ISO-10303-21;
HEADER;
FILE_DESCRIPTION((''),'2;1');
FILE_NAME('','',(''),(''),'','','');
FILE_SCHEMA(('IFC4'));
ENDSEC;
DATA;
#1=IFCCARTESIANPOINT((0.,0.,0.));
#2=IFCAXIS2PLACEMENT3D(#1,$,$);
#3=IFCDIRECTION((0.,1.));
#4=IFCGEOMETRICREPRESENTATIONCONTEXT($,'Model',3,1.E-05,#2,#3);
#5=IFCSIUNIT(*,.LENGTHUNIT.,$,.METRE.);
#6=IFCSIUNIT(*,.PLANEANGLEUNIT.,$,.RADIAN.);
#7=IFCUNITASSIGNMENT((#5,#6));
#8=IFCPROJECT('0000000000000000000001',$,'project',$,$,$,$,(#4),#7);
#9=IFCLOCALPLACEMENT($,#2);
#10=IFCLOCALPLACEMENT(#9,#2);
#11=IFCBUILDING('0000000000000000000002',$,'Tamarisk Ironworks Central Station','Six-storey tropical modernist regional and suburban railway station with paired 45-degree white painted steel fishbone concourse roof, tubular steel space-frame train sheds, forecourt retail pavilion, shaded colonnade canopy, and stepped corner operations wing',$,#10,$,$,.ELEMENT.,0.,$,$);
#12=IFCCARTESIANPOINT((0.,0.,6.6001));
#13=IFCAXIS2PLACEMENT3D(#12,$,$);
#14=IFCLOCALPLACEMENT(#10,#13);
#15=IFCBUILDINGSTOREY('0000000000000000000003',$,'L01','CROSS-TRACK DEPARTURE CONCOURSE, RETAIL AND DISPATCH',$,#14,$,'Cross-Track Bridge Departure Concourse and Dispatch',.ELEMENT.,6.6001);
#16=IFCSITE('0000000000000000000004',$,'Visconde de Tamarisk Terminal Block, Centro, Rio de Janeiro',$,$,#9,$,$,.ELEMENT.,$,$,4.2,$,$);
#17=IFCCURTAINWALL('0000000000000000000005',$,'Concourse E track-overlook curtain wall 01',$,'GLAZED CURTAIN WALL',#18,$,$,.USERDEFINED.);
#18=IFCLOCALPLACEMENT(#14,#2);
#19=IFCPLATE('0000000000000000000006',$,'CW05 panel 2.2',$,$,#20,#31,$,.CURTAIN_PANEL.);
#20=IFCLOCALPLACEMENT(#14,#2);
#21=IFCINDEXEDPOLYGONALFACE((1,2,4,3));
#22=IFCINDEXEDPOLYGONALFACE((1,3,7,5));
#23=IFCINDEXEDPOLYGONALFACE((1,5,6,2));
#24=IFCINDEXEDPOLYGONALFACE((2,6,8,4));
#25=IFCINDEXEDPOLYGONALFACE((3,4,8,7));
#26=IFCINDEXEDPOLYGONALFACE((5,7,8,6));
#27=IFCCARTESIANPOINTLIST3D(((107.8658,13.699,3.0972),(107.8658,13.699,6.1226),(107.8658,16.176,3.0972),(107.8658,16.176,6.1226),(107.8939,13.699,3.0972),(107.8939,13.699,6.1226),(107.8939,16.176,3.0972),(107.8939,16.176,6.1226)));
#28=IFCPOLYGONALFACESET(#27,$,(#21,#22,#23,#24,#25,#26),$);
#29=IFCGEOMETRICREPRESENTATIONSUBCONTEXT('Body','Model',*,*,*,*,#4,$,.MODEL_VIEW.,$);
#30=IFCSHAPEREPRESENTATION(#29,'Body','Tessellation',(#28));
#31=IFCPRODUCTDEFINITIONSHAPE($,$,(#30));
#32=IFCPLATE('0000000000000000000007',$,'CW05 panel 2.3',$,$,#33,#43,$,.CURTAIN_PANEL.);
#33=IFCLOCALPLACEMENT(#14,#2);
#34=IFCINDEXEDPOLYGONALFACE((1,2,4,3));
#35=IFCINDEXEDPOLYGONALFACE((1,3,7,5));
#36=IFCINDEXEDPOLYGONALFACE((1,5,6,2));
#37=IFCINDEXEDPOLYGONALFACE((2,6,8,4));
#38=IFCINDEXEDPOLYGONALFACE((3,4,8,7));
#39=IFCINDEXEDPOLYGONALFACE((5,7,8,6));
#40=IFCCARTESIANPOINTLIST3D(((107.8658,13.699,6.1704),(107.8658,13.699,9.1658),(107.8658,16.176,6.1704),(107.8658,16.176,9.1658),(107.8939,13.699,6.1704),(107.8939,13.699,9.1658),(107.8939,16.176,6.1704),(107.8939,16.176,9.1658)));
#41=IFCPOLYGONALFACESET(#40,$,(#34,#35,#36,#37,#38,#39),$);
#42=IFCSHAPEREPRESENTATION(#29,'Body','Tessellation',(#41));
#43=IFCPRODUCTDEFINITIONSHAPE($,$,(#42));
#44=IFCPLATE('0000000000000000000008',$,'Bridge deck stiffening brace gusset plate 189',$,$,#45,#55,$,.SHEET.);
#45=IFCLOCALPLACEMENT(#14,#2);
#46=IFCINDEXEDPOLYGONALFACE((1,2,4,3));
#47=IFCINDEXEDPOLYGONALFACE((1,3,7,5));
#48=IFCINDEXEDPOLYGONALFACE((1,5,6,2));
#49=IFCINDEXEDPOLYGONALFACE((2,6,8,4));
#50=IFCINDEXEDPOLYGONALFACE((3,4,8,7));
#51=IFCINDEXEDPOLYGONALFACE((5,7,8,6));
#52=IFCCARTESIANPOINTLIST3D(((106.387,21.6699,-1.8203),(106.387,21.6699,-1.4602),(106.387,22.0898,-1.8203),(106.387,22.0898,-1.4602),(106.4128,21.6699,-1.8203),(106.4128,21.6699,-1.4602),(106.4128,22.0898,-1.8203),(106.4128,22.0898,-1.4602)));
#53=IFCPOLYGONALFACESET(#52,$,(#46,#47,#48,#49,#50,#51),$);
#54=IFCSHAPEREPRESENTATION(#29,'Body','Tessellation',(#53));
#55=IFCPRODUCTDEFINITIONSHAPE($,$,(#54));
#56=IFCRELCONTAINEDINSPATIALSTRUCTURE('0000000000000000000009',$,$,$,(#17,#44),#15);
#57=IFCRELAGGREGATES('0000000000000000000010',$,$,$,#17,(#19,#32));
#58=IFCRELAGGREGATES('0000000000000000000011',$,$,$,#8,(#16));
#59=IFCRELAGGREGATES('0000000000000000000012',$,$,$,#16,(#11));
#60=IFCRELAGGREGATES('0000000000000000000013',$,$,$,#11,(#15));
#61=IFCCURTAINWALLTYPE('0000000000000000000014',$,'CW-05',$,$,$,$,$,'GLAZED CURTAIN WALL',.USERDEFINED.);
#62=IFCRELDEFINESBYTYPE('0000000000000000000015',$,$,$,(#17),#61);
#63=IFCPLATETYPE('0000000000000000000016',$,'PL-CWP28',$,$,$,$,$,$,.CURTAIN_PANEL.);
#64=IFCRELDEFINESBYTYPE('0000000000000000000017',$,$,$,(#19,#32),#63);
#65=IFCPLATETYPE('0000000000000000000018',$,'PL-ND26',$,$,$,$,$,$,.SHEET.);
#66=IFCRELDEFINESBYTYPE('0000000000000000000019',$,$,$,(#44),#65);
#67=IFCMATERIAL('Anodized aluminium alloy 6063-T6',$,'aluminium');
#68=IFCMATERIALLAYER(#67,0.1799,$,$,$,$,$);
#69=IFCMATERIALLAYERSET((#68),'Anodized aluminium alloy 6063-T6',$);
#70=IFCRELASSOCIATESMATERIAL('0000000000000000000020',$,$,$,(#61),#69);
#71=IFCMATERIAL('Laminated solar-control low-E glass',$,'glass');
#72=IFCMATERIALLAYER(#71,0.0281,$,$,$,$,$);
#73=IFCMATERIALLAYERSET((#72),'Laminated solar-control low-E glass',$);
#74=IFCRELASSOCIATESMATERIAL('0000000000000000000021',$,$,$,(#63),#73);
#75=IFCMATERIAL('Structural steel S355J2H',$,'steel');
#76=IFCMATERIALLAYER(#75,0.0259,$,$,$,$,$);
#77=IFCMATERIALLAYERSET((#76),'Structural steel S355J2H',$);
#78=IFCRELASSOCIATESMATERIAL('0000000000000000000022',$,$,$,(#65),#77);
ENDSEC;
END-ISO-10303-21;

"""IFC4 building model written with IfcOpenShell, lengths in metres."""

from ifc_helpers import new_model, si_unit, direction, frame, origin, origin_2d, place, context, subcontext, project, spatial, rectangle, extrude, material, layer, layer_set, type_object, element, aggregate, save


model = new_model("IFC4")

# Units and contexts
model_context = context("Model", 3, precision=1e-05, world=origin(), true_north=direction((0.0, 1.0)))
body_context = subcontext(model_context, "Body", "Model", "MODEL_VIEW")
ifc_project = project(units=[si_unit("LENGTHUNIT", "METRE"), si_unit("PLANEANGLEUNIT", "RADIAN")], contexts=[model_context])

# Site, building, storey
site_placement = place(None, origin())
site = spatial("IfcSite", under=ifc_project, at=site_placement, Name="Visconde de Tamarisk Terminal Block, Centro, Rio de Janeiro", CompositionType="ELEMENT", RefElevation=4.2)
building_placement = place(site_placement, origin())
building = spatial("IfcBuilding", under=site, at=building_placement, Name="Tamarisk Ironworks Central Station", Description="Six-storey tropical modernist regional and suburban railway station with paired 45-degree white painted steel fishbone concourse roof, tubular steel space-frame train sheds, forecourt retail pavilion, shaded colonnade canopy, and stepped corner operations wing", CompositionType="ELEMENT", ElevationOfRefHeight=0.0)
storey_placement = place(building_placement, frame((0.0, 0.0, 6.6001)))
storey = spatial("IfcBuildingStorey", under=building, at=storey_placement, Name="L01", Description="CROSS-TRACK DEPARTURE CONCOURSE, RETAIL AND DISPATCH", LongName="Cross-Track Bridge Departure Concourse and Dispatch", CompositionType="ELEMENT", Elevation=6.6001)

# Shared definitions
ifc_material_1 = material(Name="Anodized aluminium alloy 6063-T6", Category="aluminium")

# Curtain wall
ifc_layer_1 = layer(ifc_material_1, 0.1799)
ifc_layer_set_1 = layer_set([ifc_layer_1], Name="Anodized aluminium alloy 6063-T6")
curtain_wall_type_1 = type_object("IfcCurtainWallType", Name="CW-05", ElementType="GLAZED CURTAIN WALL", PredefinedType="USERDEFINED", material=ifc_layer_set_1)
curtain_wall_1_placement = place(storey_placement, origin())
curtain_wall_1 = element("IfcCurtainWall", 1, at=curtain_wall_1_placement, inside=storey, type_object=curtain_wall_type_1, Name="Concourse E track-overlook curtain wall 01", ObjectType="GLAZED CURTAIN WALL", PredefinedType="USERDEFINED")

# Shared definitions
ifc_material_2 = material(Name="Structural steel S355J2H", Category="steel")

# Plates
ifc_material_3 = material(Name="Laminated solar-control low-E glass", Category="glass")
ifc_layer_2 = layer(ifc_material_3, 0.0281)
ifc_layer_set_2 = layer_set([ifc_layer_2], Name="Laminated solar-control low-E glass")
plate_type_1 = type_object("IfcPlateType", Name="PL-CWP28", PredefinedType="CURTAIN_PANEL", material=ifc_layer_set_2)
plate_1_placement = place(storey_placement, frame((107.8799, 14.9375, 3.0972), z_axis=(0.0, 0.0, 1.0), x_axis=(0.0, 1.0, 0.0)))
plate_1 = element("IfcPlate", 2, at=plate_1_placement, type_object=plate_type_1, Name="CW05 panel 2.2", PredefinedType="CURTAIN_PANEL", context=body_context, shape_type="SweptSolid", body=[
    extrude(rectangle(XDim=2.4771, YDim=0.0281, at=origin_2d()), origin(), (0.0, 0.0, 1.0), 3.0254),
])
plate_2_placement = place(storey_placement, frame((107.8799, 14.9375, 6.1704), z_axis=(0.0, 0.0, 1.0), x_axis=(0.0, 1.0, 0.0)))
plate_2 = element("IfcPlate", 3, at=plate_2_placement, type_object=plate_type_1, Name="CW05 panel 2.3", PredefinedType="CURTAIN_PANEL", context=body_context, shape_type="SweptSolid", body=[
    extrude(rectangle(XDim=2.4771, YDim=0.0281, at=origin_2d()), origin(), (0.0, 0.0, 1.0), 2.9954),
])
aggregate(curtain_wall_1, [plate_1, plate_2])
ifc_layer_3 = layer(ifc_material_2, 0.0259)
ifc_layer_set_3 = layer_set([ifc_layer_3], Name="Structural steel S355J2H")
plate_type_2 = type_object("IfcPlateType", Name="PL-ND26", PredefinedType="SHEET", material=ifc_layer_set_3)
plate_3_placement = place(storey_placement, frame((106.3999, 21.8799, -1.8203), z_axis=(0.0, 0.0, 1.0), x_axis=(1.0, 0.0, 0.0)))
element("IfcPlate", 4, at=plate_3_placement, inside=storey, type_object=plate_type_2, Name="Bridge deck stiffening brace gusset plate 189", PredefinedType="SHEET", context=body_context, shape_type="SweptSolid", body=[
    extrude(rectangle(XDim=0.0259, YDim=0.4199, at=origin_2d()), origin(), (0.0, 0.0, 1.0), 0.3601),
])

save(model, "model.ifc")
